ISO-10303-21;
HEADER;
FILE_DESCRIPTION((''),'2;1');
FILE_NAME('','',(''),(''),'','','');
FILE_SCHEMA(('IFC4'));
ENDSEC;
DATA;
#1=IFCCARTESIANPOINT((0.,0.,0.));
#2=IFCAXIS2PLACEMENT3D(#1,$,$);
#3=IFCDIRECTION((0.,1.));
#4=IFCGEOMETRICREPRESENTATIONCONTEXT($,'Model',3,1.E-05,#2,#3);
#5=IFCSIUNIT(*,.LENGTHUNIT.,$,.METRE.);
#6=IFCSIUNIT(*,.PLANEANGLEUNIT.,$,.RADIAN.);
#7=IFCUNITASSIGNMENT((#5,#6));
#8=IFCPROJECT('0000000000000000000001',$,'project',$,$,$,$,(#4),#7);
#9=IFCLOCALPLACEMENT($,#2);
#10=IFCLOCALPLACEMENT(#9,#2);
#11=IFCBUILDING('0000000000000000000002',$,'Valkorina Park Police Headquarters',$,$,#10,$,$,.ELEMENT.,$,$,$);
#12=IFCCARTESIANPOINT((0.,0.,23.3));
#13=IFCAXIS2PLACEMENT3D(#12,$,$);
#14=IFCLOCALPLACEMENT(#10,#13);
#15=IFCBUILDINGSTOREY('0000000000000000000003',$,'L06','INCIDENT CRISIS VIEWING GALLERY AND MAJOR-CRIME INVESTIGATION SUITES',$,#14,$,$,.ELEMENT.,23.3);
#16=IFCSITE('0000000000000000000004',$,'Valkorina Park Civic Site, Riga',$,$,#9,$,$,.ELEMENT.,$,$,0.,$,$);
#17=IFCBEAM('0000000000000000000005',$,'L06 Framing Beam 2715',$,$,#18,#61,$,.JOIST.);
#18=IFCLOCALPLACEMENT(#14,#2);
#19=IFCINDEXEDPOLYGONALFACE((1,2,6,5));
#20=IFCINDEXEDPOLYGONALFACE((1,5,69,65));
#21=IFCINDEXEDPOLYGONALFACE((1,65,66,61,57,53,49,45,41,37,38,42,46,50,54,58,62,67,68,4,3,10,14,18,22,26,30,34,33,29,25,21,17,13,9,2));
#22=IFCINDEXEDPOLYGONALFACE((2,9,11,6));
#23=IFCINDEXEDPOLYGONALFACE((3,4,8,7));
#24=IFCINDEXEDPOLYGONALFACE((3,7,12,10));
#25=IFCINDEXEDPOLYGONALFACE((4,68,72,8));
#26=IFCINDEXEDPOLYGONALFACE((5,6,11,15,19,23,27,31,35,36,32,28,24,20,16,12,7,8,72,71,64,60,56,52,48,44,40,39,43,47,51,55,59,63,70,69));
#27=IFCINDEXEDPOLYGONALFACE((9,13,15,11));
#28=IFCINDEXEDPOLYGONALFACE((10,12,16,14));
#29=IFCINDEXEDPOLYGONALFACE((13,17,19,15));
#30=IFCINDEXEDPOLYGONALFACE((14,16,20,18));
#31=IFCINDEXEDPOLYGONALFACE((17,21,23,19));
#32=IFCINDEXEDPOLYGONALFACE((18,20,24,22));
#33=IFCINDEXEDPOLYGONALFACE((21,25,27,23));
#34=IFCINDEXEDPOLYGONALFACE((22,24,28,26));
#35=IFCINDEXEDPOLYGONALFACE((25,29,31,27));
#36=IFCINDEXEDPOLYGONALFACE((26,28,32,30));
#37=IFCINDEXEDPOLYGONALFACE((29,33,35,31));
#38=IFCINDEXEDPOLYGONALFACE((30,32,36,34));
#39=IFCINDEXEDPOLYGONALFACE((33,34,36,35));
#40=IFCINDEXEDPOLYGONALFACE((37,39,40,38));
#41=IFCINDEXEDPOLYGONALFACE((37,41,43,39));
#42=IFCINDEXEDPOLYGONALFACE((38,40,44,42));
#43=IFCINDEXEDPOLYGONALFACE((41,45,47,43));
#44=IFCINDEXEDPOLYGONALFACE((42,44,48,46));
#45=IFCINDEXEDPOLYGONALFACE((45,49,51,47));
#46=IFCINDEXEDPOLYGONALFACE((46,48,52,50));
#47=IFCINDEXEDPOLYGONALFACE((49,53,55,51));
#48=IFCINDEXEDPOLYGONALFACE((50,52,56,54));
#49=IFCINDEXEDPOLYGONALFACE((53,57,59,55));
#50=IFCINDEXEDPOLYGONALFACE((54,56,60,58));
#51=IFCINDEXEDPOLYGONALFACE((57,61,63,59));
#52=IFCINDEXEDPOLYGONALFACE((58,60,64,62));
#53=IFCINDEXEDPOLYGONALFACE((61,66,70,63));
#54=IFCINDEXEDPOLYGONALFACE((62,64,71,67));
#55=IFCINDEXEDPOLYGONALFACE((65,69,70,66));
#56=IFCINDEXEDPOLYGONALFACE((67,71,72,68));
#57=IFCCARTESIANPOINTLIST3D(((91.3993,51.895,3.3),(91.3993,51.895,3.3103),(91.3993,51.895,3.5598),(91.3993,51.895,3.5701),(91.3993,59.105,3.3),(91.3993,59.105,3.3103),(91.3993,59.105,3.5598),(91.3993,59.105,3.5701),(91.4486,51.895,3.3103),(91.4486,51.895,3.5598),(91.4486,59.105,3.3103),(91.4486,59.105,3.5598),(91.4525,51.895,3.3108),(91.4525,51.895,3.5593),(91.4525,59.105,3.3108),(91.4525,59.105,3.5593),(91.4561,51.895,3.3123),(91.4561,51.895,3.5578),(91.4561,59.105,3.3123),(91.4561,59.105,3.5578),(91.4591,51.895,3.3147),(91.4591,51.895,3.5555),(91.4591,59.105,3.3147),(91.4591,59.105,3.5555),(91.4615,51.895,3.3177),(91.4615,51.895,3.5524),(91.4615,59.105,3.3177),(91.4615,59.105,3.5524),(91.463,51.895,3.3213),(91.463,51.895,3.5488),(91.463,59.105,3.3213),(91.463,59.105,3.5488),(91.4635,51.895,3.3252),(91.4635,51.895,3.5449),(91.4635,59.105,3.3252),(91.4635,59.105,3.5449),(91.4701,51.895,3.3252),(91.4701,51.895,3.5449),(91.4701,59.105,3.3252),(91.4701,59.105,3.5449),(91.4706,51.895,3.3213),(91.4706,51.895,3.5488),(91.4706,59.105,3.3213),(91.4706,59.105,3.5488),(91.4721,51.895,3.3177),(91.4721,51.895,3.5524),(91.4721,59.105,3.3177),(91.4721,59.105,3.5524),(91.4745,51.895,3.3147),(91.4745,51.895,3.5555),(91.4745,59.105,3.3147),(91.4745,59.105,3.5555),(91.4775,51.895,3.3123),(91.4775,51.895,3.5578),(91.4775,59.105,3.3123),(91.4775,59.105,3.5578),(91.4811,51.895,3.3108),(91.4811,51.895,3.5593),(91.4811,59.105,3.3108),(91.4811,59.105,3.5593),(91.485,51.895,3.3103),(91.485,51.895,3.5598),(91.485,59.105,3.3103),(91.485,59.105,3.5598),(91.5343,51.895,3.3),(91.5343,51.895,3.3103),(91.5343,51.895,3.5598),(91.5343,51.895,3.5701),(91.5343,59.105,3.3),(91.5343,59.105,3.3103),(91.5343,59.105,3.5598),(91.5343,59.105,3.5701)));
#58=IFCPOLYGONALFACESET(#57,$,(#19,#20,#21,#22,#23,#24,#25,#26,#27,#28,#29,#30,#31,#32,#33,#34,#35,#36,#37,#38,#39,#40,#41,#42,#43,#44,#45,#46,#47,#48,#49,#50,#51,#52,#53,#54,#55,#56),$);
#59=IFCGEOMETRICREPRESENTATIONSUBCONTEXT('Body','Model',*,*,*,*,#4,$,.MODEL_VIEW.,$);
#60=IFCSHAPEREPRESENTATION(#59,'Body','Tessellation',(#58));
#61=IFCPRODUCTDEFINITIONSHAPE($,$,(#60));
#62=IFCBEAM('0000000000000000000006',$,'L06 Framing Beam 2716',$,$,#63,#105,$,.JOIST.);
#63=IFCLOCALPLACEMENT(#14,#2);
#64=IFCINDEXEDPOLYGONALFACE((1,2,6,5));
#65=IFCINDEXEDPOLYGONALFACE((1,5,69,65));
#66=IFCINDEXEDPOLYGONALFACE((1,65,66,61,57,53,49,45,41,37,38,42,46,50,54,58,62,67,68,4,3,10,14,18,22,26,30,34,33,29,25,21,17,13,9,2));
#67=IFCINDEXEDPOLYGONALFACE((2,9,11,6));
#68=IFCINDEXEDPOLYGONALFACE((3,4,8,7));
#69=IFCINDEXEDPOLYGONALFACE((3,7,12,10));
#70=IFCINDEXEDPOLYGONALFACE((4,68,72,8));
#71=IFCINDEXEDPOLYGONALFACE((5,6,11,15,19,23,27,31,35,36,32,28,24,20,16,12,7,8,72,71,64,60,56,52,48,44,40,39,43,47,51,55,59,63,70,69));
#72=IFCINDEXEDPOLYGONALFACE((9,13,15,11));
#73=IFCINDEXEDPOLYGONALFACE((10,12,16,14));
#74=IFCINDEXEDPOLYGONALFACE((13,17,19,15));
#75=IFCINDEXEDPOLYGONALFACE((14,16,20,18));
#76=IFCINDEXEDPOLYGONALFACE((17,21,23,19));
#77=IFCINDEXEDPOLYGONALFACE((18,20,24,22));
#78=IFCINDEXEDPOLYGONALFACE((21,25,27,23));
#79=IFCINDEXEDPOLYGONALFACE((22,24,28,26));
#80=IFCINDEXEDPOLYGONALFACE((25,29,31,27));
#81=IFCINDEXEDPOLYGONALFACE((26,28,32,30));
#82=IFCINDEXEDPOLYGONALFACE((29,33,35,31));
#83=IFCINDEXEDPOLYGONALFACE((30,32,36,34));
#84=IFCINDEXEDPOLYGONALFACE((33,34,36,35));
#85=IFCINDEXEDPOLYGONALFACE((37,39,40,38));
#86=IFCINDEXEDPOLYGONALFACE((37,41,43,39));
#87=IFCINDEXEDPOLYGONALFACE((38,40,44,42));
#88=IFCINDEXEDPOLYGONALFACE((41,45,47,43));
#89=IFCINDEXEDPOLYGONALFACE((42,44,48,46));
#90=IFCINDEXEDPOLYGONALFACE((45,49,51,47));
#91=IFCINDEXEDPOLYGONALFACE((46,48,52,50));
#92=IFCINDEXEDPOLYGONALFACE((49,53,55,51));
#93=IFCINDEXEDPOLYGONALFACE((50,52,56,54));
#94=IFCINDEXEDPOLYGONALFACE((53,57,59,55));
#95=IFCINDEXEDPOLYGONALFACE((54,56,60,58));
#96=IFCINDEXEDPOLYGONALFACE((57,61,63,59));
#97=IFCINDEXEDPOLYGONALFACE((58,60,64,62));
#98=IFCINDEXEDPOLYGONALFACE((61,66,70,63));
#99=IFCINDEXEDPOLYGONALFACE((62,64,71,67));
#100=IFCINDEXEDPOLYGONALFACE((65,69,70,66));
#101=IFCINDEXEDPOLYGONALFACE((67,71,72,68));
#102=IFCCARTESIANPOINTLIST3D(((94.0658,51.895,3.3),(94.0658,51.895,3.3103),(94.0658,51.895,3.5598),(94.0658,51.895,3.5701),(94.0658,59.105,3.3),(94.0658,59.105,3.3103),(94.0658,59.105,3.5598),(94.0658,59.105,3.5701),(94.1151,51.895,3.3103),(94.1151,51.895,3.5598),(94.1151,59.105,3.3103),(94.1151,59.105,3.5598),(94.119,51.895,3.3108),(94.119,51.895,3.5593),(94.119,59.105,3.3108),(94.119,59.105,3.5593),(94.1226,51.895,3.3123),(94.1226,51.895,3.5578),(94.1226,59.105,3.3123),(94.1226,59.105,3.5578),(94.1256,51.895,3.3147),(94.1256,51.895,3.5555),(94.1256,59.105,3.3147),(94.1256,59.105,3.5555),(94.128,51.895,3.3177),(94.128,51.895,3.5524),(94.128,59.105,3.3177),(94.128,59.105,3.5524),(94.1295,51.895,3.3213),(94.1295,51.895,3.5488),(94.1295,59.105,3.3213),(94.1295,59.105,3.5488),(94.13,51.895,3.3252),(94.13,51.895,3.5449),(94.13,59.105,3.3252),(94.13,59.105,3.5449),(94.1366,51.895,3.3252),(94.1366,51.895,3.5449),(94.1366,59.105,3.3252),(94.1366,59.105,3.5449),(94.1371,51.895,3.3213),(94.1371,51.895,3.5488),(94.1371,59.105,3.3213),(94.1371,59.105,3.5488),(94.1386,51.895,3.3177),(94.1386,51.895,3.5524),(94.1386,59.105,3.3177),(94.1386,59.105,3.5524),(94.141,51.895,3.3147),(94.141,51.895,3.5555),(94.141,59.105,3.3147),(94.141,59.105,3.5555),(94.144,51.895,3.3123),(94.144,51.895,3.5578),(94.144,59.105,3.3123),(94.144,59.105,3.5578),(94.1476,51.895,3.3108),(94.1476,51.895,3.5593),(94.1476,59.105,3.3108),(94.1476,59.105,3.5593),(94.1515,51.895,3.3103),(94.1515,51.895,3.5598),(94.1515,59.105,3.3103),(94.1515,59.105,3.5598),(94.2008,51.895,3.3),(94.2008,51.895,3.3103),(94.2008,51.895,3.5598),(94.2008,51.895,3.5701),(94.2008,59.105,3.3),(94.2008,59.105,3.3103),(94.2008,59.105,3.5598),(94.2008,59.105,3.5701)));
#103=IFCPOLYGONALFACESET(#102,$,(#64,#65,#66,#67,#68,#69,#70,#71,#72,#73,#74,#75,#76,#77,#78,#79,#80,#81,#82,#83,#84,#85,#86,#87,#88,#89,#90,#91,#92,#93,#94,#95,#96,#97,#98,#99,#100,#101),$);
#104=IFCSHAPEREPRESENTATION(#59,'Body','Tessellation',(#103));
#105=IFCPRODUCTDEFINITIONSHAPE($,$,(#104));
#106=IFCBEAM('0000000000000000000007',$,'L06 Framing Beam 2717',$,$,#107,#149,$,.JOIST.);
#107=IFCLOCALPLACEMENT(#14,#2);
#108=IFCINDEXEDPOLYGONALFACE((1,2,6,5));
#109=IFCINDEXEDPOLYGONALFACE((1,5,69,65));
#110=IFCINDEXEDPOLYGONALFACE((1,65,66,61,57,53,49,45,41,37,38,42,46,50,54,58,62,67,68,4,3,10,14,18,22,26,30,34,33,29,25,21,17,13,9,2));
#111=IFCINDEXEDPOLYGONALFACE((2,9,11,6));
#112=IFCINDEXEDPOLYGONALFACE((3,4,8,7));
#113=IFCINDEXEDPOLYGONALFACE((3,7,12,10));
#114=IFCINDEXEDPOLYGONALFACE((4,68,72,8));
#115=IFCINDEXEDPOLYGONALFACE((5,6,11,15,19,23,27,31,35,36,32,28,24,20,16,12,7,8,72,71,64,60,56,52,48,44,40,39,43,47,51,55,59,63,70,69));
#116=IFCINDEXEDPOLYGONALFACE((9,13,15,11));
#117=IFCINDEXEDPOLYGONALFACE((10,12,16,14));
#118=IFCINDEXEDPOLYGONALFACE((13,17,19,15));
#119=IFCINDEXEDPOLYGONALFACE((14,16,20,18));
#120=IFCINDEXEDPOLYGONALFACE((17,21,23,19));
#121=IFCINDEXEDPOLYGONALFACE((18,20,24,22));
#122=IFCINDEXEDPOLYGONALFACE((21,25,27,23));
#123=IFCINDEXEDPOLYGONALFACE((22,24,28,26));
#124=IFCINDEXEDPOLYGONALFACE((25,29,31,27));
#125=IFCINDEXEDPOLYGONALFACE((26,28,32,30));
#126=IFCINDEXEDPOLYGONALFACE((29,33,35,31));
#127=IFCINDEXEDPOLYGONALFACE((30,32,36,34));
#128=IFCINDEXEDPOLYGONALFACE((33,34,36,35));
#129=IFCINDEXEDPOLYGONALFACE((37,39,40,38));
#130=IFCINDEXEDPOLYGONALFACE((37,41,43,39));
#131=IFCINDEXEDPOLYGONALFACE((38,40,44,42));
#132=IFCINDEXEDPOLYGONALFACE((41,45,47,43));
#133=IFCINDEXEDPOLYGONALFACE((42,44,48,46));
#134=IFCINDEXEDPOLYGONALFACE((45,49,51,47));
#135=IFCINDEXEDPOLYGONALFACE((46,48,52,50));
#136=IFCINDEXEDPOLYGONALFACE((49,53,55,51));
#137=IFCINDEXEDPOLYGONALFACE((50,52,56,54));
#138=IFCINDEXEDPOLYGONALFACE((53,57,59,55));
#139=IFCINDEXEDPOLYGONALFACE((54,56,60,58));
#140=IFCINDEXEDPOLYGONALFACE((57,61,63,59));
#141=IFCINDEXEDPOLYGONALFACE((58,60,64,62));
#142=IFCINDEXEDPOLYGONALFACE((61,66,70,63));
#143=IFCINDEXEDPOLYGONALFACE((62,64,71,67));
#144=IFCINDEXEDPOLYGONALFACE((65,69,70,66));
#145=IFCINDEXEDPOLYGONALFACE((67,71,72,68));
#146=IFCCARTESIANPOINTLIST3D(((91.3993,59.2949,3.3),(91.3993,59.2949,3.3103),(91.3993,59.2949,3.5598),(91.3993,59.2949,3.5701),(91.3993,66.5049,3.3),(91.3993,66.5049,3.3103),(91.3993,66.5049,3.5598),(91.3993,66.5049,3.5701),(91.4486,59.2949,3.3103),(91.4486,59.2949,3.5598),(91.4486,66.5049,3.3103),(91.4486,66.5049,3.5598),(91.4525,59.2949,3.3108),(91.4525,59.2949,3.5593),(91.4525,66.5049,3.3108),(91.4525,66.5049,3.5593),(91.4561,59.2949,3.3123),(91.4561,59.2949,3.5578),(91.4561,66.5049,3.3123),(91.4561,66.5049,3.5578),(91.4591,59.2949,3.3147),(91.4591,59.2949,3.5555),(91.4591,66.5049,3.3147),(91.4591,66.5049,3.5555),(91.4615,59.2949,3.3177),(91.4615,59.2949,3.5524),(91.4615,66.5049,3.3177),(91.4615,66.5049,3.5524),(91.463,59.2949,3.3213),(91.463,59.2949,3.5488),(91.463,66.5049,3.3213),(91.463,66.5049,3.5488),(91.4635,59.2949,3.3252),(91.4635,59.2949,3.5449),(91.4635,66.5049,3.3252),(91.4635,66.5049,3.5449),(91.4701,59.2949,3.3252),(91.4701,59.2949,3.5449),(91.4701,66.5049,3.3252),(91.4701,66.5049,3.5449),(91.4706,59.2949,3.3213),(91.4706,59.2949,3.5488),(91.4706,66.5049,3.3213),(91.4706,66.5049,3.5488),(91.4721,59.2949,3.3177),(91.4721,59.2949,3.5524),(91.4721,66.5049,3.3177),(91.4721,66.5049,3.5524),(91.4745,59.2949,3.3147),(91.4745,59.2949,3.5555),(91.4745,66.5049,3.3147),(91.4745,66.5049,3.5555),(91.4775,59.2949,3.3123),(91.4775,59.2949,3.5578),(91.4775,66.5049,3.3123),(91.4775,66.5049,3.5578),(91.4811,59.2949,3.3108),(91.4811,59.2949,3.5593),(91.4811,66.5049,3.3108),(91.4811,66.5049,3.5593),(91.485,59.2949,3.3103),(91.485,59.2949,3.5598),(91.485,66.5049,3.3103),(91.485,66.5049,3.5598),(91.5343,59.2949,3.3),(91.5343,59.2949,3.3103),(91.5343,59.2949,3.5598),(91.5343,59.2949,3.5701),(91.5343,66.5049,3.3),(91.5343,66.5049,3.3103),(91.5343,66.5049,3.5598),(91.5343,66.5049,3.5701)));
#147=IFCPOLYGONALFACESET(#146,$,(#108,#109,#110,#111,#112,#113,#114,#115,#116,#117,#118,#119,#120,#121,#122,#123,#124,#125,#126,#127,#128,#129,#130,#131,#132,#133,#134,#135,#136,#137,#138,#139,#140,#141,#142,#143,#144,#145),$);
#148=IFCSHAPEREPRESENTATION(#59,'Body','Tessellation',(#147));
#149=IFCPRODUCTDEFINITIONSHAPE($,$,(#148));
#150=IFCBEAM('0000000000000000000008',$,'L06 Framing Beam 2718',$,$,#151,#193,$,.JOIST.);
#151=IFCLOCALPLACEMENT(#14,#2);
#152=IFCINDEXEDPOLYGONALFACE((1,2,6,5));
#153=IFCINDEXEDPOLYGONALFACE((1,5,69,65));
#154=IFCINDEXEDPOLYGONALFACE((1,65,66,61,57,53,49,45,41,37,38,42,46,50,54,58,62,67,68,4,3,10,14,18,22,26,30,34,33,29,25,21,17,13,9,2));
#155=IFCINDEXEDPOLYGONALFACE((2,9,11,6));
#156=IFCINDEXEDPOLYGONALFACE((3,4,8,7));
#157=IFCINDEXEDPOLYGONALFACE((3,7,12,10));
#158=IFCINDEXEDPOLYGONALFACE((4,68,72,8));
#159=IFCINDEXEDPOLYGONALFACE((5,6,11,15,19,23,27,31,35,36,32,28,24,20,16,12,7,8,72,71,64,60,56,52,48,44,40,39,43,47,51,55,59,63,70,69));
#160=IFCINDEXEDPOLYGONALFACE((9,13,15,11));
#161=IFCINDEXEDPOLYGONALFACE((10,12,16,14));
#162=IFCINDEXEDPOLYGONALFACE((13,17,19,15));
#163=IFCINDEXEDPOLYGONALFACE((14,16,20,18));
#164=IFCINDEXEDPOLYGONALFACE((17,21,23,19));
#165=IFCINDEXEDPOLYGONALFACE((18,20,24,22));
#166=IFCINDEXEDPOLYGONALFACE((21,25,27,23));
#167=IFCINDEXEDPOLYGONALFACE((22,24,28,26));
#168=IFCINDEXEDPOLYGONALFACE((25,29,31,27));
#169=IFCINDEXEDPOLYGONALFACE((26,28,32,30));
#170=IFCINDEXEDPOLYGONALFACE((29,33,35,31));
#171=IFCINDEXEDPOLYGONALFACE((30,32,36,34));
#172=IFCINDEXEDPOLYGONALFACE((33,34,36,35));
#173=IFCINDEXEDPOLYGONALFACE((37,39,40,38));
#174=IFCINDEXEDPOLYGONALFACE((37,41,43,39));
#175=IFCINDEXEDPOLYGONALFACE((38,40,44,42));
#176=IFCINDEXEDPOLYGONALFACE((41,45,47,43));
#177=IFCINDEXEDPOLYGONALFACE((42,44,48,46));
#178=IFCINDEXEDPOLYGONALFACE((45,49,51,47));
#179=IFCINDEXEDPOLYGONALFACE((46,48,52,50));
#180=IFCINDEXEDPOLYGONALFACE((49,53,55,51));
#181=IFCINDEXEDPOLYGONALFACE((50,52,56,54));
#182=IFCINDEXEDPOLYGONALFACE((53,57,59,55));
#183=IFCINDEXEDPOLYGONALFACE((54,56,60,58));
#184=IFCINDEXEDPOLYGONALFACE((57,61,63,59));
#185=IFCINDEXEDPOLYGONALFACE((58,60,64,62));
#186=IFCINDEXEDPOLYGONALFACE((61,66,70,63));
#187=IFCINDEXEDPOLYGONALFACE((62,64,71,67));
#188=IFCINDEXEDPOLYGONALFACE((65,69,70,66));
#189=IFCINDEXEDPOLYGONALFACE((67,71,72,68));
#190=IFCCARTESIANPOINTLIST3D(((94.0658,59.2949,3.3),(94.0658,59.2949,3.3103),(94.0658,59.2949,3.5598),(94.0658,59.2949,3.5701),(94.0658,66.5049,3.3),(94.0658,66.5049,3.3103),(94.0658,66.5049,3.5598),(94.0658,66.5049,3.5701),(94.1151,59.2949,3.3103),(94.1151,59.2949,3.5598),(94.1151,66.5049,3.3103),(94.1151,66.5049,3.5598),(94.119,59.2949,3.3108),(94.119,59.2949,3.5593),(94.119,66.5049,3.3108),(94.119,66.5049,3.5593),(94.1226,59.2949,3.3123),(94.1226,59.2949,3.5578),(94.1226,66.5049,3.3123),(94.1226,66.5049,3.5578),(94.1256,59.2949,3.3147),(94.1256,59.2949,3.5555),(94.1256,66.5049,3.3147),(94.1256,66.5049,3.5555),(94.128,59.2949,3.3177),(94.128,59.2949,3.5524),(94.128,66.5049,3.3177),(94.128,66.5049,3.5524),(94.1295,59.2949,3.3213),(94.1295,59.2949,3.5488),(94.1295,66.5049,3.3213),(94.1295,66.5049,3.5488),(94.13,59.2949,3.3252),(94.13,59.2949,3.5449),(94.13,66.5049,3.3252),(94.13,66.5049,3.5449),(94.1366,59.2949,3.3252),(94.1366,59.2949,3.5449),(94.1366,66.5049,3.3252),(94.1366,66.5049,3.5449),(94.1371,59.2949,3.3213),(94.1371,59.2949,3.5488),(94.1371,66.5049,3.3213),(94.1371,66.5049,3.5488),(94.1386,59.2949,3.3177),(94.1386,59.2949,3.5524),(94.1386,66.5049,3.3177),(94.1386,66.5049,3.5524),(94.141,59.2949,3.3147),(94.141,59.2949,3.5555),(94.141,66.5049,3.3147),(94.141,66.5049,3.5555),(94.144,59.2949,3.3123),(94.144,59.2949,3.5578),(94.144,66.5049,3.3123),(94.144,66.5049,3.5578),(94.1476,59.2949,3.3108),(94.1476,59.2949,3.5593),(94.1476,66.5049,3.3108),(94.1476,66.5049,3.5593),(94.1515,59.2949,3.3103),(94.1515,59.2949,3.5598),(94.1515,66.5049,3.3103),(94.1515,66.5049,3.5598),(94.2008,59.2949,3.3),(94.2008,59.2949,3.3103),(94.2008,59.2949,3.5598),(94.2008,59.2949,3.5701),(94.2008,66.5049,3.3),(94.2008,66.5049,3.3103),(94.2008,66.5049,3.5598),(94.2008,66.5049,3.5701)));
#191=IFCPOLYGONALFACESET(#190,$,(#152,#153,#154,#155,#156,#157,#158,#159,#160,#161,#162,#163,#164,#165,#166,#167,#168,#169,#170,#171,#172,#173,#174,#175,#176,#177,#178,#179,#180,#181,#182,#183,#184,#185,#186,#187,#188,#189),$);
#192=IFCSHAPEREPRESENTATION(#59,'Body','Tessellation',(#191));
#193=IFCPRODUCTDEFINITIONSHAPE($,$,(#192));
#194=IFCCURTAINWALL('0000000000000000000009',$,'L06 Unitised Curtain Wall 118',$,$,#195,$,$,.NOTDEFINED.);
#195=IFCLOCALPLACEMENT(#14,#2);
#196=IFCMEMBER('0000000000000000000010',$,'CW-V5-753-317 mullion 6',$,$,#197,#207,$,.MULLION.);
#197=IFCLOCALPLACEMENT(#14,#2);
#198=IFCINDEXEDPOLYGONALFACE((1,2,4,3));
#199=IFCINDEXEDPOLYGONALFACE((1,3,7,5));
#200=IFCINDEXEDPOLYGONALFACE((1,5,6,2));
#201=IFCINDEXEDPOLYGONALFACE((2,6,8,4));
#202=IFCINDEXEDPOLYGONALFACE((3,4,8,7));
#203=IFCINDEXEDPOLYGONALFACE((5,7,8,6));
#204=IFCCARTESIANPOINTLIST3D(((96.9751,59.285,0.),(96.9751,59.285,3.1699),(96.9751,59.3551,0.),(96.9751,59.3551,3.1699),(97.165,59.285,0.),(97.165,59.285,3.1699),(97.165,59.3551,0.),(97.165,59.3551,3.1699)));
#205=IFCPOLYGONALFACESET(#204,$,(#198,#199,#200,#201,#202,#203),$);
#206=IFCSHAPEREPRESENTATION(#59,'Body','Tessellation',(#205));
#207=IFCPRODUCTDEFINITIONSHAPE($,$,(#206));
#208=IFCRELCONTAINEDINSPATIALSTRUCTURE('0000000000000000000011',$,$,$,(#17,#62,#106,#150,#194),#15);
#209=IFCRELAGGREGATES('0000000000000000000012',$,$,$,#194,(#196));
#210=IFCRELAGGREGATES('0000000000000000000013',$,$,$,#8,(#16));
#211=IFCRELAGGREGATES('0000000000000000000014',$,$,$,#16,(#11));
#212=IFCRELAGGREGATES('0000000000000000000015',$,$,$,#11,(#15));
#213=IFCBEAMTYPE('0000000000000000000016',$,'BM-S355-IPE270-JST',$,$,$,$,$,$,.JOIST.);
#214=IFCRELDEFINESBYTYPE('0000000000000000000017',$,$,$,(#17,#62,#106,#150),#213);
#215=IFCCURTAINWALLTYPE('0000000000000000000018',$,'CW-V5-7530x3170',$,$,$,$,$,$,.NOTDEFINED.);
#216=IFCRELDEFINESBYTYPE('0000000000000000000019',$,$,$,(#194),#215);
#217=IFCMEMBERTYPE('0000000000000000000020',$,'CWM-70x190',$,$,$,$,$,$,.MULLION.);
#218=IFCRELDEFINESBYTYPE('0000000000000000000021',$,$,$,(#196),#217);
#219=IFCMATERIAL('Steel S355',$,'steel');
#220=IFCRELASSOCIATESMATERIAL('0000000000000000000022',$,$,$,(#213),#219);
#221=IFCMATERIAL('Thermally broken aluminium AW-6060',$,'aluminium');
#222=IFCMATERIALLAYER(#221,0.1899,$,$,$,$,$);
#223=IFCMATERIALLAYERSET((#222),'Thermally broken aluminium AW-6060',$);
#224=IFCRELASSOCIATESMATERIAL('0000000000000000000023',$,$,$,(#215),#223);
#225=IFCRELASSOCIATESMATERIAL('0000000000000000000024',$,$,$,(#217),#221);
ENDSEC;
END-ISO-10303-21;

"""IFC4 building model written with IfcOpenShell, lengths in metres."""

from ifc_helpers import new_model, si_unit, direction, frame, origin, origin_2d, place, context, subcontext, project, spatial, rectangle, i_section, extrude, material, layer, layer_set, material_profile, profile_set, type_object, element, aggregate, save


model = new_model("IFC4")

# Units and contexts
model_context = context("Model", 3, precision=1e-05, world=origin(), true_north=direction((0.0, 1.0)))
body_context = subcontext(model_context, "Body", "Model", "MODEL_VIEW")
ifc_project = project(units=[si_unit("LENGTHUNIT", "METRE"), si_unit("PLANEANGLEUNIT", "RADIAN")], contexts=[model_context])

# Site, building, storey
site_placement = place(None, origin())
site = spatial("IfcSite", under=ifc_project, at=site_placement, Name="Valkorina Park Civic Site, Riga", CompositionType="ELEMENT", RefElevation=0.0)
building_placement = place(site_placement, origin())
building = spatial("IfcBuilding", under=site, at=building_placement, Name="Valkorina Park Police Headquarters", CompositionType="ELEMENT")
storey_placement = place(building_placement, frame((0.0, 0.0, 23.3)))
storey = spatial("IfcBuildingStorey", under=building, at=storey_placement, Name="L06", Description="INCIDENT CRISIS VIEWING GALLERY AND MAJOR-CRIME INVESTIGATION SUITES", CompositionType="ELEMENT", Elevation=23.3)

# Shared definitions
ifc_material_1 = material(Name="Steel S355", Category="steel")

# Beams
ifc_material_profile_1 = material_profile(ifc_material_1, i_section(OverallWidth=0.135, OverallDepth=0.27, WebThickness=0.0066, FlangeThickness=0.0103, FilletRadius=0.0149, at=origin_2d()), Name="IPE 270")
ifc_profile_set_1 = profile_set([ifc_material_profile_1], Name="Steel S355")
beam_type_1 = type_object("IfcBeamType", Name="BM-S355-IPE270-JST", PredefinedType="JOIST", material=ifc_profile_set_1)
for number, where, z_axis, x_axis, name in (
    (1, (91.4668, 51.895, 3.4351), (0.0, 1.0, 0.0), (-1.0, 0.0, 0.0), "L06 Framing Beam 2715"),
    (2, (94.1333, 51.895, 3.4351), (0.0, 1.0, 0.0), (-1.0, 0.0, 0.0), "L06 Framing Beam 2716"),
    (3, (91.4668, 59.2949, 3.4351), (0.0, 1.0, 0.0), (-1.0, 0.0, 0.0), "L06 Framing Beam 2717"),
    (4, (94.1333, 59.2949, 3.4351), (0.0, 1.0, 0.0), (-1.0, 0.0, 0.0), "L06 Framing Beam 2718"),
):
    element("IfcBeam", number, at=place(storey_placement, frame(where, z_axis=z_axis, x_axis=x_axis)), inside=storey, type_object=beam_type_1, Name=name, PredefinedType="JOIST", context=body_context, shape_type="SweptSolid", body=[
        extrude(i_section(OverallWidth=0.135, OverallDepth=0.27, WebThickness=0.0066, FlangeThickness=0.0103, FilletRadius=0.0149, at=origin_2d()), origin(), (0.0, 0.0, 1.0), 7.21),
    ])

# Curtain wall, member
ifc_material_2 = material(Name="Thermally broken aluminium AW-6060", Category="aluminium")
ifc_layer_1 = layer(ifc_material_2, 0.1899)
ifc_layer_set_1 = layer_set([ifc_layer_1], Name="Thermally broken aluminium AW-6060")
curtain_wall_type_1 = type_object("IfcCurtainWallType", Name="CW-V5-7530x3170", PredefinedType="NOTDEFINED", material=ifc_layer_set_1)
curtain_wall_1_placement = place(storey_placement, origin())
curtain_wall_1 = element("IfcCurtainWall", 5, at=curtain_wall_1_placement, inside=storey, type_object=curtain_wall_type_1, Name="L06 Unitised Curtain Wall 118", PredefinedType="NOTDEFINED")
ifc_material_profile_2 = material_profile(ifc_material_2, rectangle(XDim=0.0701, YDim=0.1899, at=origin_2d()), Name="CWM-02 70x190")
ifc_profile_set_2 = profile_set([ifc_material_profile_2], Name="Thermally broken aluminium AW-6060")
member_type_1 = type_object("IfcMemberType", Name="CWM-70x190", PredefinedType="MULLION", material=ifc_profile_set_2)
member_1_placement = place(storey_placement, frame((97.0701, 59.3201, 0.0), z_axis=(0.0, 0.0, 1.0), x_axis=(0.0, -1.0, 0.0)))
member_1 = element("IfcMember", 6, at=member_1_placement, type_object=member_type_1, Name="CW-V5-753-317 mullion 6", PredefinedType="MULLION", context=body_context, shape_type="SweptSolid", body=[
    extrude(rectangle(XDim=0.0701, YDim=0.1899, at=origin_2d()), origin(), (0.0, 0.0, 1.0), 3.1699),
])
aggregate(curtain_wall_1, [member_1])

save(model, "model.ifc")
